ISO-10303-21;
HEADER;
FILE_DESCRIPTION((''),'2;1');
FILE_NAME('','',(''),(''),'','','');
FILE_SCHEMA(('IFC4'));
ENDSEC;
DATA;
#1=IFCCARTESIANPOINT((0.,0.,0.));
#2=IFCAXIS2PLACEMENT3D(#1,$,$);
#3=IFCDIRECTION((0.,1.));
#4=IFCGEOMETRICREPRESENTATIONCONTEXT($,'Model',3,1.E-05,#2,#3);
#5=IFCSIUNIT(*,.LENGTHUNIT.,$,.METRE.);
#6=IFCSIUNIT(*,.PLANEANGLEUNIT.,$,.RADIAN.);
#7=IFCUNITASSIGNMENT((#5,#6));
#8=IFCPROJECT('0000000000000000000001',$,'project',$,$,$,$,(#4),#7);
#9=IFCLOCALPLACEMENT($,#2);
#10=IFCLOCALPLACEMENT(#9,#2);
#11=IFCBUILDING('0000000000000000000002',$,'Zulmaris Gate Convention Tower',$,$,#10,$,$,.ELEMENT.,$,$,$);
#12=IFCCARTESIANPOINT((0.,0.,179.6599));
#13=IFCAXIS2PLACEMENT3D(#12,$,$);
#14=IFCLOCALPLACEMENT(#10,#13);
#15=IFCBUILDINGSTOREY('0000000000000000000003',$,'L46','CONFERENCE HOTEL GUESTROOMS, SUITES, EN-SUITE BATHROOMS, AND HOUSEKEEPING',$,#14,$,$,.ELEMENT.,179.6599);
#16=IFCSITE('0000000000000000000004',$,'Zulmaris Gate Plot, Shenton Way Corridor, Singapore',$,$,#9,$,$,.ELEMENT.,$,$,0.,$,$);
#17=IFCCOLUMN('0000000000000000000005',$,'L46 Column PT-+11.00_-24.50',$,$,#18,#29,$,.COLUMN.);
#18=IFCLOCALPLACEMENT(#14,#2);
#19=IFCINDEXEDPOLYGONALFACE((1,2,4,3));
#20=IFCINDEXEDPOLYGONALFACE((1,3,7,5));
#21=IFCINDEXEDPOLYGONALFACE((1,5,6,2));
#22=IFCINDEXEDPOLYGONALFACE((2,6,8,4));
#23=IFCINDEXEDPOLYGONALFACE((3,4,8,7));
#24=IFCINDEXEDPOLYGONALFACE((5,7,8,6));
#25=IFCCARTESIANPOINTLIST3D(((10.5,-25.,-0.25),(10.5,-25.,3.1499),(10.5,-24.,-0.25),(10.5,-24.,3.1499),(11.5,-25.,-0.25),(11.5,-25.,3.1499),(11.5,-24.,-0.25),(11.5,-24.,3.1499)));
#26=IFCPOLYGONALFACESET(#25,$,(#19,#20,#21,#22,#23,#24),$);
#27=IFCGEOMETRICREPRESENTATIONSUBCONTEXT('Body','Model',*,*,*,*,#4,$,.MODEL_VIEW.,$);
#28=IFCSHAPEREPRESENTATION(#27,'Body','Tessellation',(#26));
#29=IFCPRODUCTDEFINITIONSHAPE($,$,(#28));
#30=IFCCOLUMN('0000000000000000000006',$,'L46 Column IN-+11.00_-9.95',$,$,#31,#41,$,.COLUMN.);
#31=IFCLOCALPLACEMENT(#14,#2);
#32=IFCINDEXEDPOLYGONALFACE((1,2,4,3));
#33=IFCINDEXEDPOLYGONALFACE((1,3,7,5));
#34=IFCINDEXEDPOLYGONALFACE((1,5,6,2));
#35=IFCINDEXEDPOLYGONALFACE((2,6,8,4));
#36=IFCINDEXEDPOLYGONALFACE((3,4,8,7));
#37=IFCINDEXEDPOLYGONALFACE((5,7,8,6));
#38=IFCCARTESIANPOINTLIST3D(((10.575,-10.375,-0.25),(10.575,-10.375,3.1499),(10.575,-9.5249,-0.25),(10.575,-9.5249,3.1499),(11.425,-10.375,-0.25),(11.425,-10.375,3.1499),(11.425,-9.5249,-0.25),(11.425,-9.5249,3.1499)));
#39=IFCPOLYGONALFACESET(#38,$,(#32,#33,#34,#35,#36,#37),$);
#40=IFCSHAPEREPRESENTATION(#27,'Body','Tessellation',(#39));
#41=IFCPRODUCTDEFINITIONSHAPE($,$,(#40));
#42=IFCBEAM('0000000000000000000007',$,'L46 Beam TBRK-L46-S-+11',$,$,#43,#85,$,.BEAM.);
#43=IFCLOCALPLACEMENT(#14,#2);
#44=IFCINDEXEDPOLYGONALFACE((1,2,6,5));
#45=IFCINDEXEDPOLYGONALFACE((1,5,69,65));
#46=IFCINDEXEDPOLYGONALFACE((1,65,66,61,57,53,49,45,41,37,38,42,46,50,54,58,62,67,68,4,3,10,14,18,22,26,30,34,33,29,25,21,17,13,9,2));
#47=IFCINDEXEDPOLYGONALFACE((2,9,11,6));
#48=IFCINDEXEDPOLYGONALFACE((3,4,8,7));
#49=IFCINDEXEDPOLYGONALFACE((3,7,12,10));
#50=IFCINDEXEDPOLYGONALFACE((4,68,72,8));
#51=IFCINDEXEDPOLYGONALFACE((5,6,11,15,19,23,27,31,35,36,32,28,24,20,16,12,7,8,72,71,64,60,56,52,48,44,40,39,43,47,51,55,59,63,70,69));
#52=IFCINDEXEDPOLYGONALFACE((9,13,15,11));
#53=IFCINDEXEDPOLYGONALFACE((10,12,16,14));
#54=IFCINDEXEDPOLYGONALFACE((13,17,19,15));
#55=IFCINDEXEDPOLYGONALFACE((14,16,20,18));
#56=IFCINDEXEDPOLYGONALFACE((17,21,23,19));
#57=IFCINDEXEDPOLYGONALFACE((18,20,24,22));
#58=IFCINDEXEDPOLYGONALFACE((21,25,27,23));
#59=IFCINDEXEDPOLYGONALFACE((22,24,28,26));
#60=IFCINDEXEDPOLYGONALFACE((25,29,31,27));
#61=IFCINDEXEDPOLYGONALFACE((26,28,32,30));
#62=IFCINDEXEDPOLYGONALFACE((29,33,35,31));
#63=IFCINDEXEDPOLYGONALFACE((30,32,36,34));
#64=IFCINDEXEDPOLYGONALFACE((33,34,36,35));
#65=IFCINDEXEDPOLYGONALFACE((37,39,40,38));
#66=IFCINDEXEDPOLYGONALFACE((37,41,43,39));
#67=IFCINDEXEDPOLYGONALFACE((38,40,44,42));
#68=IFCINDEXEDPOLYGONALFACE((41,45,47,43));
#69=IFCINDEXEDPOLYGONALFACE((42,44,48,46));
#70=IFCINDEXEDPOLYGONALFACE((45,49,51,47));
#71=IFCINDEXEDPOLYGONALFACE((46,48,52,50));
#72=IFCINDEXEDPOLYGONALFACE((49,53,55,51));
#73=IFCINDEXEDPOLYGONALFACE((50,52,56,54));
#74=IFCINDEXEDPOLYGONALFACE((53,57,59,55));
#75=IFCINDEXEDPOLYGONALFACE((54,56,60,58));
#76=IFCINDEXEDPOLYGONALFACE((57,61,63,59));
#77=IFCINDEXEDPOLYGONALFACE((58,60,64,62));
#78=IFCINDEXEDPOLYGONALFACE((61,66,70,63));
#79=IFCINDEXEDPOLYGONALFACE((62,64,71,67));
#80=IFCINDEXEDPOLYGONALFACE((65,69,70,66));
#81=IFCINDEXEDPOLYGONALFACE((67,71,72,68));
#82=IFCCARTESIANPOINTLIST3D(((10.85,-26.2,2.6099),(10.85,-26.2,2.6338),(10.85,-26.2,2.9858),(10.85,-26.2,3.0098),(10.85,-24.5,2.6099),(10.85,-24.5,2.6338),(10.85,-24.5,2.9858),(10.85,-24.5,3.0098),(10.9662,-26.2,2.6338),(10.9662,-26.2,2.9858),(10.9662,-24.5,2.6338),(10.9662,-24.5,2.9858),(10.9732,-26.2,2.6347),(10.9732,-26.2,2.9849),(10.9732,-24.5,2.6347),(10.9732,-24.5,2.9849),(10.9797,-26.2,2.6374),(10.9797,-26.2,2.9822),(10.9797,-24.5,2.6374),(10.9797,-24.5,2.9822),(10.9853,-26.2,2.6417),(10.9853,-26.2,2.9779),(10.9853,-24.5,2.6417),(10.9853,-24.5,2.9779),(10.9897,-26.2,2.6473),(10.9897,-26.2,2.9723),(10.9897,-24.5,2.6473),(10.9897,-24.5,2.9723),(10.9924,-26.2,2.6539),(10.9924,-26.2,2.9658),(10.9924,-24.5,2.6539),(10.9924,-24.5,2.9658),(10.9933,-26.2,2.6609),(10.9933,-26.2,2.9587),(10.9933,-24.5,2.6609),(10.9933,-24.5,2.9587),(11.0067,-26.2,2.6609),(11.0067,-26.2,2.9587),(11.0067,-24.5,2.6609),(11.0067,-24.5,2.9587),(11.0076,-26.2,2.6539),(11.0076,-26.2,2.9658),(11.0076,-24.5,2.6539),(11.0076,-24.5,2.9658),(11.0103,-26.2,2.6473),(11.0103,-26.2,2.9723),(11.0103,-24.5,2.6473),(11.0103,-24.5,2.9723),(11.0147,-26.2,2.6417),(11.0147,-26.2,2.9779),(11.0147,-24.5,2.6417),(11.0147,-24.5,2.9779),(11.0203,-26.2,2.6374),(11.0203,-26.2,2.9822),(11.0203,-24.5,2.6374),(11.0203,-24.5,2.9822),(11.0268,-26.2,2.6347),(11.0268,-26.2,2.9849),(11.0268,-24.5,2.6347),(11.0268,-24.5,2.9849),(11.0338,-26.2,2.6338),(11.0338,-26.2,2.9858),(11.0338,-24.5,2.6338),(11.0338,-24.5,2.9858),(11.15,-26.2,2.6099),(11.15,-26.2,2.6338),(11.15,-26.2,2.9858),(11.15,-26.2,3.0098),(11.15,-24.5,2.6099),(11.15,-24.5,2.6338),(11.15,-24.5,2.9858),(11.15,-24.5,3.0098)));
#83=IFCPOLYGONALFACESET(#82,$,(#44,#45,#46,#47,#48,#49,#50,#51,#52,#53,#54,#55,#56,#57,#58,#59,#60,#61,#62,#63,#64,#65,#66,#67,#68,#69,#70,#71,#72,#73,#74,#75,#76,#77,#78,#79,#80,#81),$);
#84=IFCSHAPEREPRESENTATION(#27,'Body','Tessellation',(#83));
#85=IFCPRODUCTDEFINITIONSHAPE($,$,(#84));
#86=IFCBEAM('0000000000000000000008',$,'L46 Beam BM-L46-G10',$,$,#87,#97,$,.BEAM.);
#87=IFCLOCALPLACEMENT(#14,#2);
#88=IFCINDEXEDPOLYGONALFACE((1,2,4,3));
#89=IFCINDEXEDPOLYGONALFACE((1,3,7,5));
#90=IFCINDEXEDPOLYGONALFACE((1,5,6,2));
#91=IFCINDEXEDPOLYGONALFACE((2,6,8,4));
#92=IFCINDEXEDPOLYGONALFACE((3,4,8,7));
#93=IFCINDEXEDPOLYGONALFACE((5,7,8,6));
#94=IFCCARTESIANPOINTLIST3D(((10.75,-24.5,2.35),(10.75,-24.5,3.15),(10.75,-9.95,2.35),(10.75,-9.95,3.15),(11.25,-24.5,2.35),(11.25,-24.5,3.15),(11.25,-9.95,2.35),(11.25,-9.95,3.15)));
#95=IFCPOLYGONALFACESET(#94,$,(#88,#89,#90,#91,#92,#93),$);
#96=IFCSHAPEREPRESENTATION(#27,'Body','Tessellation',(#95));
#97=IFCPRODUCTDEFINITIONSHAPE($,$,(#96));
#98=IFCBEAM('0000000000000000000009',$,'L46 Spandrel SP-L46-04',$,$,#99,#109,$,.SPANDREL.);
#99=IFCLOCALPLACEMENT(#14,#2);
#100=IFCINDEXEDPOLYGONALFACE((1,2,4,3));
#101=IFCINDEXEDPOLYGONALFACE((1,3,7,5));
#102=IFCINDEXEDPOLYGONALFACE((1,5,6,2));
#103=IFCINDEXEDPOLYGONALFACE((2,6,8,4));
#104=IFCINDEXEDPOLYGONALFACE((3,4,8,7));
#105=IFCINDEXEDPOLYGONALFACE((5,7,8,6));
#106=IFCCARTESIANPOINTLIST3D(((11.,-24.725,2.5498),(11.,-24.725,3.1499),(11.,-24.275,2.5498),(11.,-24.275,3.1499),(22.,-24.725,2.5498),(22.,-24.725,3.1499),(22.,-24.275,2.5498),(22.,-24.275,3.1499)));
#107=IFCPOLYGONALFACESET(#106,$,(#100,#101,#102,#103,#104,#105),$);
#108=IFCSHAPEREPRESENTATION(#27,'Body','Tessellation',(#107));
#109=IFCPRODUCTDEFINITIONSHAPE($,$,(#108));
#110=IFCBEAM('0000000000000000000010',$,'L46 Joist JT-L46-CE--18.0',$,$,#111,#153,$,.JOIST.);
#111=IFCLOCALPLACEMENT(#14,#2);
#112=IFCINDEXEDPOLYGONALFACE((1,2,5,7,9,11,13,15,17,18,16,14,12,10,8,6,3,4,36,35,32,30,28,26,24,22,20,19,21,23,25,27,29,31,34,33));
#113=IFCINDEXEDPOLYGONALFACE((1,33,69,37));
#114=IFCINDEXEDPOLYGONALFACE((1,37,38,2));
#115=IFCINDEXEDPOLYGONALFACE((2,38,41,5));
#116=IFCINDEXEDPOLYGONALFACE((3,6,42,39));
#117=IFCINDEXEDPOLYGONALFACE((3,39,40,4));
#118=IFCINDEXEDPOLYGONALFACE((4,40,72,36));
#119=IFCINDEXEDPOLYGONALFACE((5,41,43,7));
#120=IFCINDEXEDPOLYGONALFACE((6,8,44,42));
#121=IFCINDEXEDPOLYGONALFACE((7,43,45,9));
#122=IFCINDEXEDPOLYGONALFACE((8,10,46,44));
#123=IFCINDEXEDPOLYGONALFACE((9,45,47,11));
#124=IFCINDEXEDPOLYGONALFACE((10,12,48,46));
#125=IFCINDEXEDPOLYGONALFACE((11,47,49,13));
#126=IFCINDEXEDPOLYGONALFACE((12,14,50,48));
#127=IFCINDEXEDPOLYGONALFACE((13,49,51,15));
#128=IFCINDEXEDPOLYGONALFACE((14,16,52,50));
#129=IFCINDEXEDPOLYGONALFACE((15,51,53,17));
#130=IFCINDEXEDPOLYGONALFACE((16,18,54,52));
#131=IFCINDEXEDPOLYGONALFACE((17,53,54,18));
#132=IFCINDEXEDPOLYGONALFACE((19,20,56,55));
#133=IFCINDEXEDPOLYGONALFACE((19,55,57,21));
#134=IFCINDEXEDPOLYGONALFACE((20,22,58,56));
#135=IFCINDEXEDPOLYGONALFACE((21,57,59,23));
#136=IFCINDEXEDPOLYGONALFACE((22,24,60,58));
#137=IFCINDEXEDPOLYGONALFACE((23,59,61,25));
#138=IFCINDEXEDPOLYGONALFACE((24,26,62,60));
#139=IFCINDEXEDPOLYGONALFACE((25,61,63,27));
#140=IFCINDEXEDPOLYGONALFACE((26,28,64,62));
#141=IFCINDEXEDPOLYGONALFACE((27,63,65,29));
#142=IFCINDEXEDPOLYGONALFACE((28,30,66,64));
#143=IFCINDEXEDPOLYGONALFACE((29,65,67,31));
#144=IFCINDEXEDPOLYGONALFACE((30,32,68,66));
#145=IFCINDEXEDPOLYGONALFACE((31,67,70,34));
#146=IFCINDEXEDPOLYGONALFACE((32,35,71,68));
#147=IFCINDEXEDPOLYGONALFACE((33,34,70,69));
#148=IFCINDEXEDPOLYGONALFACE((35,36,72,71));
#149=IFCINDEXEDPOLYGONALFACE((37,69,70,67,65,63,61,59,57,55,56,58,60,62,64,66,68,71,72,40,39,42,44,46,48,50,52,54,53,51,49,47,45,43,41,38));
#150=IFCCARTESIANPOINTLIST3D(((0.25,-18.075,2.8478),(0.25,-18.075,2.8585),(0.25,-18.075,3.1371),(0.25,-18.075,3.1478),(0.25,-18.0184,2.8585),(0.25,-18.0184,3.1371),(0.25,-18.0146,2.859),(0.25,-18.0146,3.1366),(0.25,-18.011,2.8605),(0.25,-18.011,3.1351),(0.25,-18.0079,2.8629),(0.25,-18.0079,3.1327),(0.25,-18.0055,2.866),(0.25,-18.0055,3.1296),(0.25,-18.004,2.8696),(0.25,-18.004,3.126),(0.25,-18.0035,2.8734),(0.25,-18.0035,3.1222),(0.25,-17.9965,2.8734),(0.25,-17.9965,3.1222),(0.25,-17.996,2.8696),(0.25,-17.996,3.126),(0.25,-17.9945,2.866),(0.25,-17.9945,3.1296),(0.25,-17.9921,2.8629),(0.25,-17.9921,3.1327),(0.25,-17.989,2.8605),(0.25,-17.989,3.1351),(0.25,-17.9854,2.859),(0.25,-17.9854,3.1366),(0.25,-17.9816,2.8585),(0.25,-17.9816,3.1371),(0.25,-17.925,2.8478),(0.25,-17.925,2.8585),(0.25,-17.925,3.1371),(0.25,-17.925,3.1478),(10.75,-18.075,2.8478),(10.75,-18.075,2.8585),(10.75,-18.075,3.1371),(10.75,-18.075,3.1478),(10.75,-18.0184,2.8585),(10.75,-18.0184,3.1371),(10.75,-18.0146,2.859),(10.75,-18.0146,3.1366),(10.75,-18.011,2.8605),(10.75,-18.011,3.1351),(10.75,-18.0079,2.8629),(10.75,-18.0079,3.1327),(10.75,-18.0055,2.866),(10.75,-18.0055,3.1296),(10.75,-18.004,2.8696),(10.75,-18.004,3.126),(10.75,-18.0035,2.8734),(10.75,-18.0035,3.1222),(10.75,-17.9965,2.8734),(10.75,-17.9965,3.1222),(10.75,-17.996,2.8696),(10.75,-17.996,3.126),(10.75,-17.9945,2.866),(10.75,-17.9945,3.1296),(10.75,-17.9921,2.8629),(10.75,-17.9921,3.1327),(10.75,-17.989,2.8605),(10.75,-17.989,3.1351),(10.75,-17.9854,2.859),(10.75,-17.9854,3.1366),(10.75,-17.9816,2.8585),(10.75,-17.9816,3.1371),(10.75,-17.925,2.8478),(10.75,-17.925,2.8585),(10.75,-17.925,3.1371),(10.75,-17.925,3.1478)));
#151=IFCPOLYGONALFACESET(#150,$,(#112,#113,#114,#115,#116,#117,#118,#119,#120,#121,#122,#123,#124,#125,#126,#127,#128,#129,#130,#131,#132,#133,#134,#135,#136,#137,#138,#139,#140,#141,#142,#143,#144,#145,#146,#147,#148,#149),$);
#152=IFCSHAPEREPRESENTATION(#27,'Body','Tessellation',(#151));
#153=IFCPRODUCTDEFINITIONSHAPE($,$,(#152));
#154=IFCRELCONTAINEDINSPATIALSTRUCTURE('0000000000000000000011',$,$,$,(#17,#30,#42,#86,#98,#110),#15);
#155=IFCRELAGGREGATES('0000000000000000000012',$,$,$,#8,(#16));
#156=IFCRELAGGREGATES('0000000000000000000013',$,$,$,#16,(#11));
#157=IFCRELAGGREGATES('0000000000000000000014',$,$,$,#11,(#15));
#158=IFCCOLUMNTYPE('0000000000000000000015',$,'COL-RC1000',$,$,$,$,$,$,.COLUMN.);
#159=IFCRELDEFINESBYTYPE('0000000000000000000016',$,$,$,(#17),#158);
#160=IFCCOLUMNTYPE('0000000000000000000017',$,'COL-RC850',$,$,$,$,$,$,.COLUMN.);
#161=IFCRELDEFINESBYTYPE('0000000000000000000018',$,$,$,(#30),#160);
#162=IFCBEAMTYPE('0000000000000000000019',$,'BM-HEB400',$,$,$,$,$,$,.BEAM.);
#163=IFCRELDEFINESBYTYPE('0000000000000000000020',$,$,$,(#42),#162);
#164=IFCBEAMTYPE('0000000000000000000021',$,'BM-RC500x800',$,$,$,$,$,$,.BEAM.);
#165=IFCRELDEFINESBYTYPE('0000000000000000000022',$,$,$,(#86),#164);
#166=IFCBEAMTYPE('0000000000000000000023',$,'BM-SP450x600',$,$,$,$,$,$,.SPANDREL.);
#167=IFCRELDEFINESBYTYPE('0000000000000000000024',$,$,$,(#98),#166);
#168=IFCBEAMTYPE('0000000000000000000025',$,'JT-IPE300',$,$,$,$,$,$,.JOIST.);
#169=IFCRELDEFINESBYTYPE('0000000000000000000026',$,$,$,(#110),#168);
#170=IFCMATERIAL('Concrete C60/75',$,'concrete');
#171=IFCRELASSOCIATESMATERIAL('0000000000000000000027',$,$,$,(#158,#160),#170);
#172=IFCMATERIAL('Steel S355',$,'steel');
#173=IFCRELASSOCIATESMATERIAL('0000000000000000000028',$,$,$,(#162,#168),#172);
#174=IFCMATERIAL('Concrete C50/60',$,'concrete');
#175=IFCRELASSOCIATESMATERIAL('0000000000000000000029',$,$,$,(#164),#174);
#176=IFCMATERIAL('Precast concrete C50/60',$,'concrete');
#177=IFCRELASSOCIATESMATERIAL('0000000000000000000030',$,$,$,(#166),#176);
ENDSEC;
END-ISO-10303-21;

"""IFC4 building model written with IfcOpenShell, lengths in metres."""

from ifc_helpers import new_model, si_unit, direction, frame, origin, origin_2d, place, context, subcontext, project, spatial, rectangle, i_section, extrude, material, material_profile, profile_set, type_object, element, save


model = new_model("IFC4")

# Units and contexts
model_context = context("Model", 3, precision=1e-05, world=origin(), true_north=direction((0.0, 1.0)))
body_context = subcontext(model_context, "Body", "Model", "MODEL_VIEW")
ifc_project = project(units=[si_unit("LENGTHUNIT", "METRE"), si_unit("PLANEANGLEUNIT", "RADIAN")], contexts=[model_context])

# Site, building, storey
site_placement = place(None, origin())
site = spatial("IfcSite", under=ifc_project, at=site_placement, Name="Zulmaris Gate Plot, Shenton Way Corridor, Singapore", CompositionType="ELEMENT", RefElevation=0.0)
building_placement = place(site_placement, origin())
building = spatial("IfcBuilding", under=site, at=building_placement, Name="Zulmaris Gate Convention Tower", CompositionType="ELEMENT")
storey_placement = place(building_placement, frame((0.0, 0.0, 179.6599)))
storey = spatial("IfcBuildingStorey", under=building, at=storey_placement, Name="L46", Description="CONFERENCE HOTEL GUESTROOMS, SUITES, EN-SUITE BATHROOMS, AND HOUSEKEEPING", CompositionType="ELEMENT", Elevation=179.6599)

# Columns
ifc_material_1 = material(Name="Concrete C60/75", Category="concrete")
ifc_material_profile_1 = material_profile(ifc_material_1, rectangle(XDim=1.0, YDim=1.0, at=origin_2d()), Name="RC COL 1000x1000")
ifc_profile_set_1 = profile_set([ifc_material_profile_1], Name="Concrete C60/75")
column_type_1 = type_object("IfcColumnType", Name="COL-RC1000", PredefinedType="COLUMN", material=ifc_profile_set_1)
column_1_placement = place(storey_placement, frame((11.0, -24.5, -0.25), z_axis=(0.0, 0.0, 1.0), x_axis=(1.0, 0.0, 0.0)))
element("IfcColumn", 1, at=column_1_placement, inside=storey, type_object=column_type_1, Name="L46 Column PT-+11.00_-24.50", PredefinedType="COLUMN", context=body_context, shape_type="SweptSolid", body=[
    extrude(rectangle(XDim=1.0, YDim=1.0, at=origin_2d()), origin(), (0.0, 0.0, 1.0), 3.3999),
])
ifc_material_profile_2 = material_profile(ifc_material_1, rectangle(XDim=0.8501, YDim=0.8501, at=origin_2d()), Name="RC COL 850x850")
ifc_profile_set_2 = profile_set([ifc_material_profile_2], Name="Concrete C60/75")
column_type_2 = type_object("IfcColumnType", Name="COL-RC850", PredefinedType="COLUMN", material=ifc_profile_set_2)
column_2_placement = place(storey_placement, frame((11.0, -9.95, -0.25), z_axis=(0.0, 0.0, 1.0), x_axis=(1.0, 0.0, 0.0)))
element("IfcColumn", 2, at=column_2_placement, inside=storey, type_object=column_type_2, Name="L46 Column IN-+11.00_-9.95", PredefinedType="COLUMN", context=body_context, shape_type="SweptSolid", body=[
    extrude(rectangle(XDim=0.8501, YDim=0.8501, at=origin_2d()), origin(), (0.0, 0.0, 1.0), 3.3999),
])

# Beams
ifc_material_2 = material(Name="Steel S355", Category="steel")
ifc_material_profile_3 = material_profile(ifc_material_2, i_section(OverallWidth=0.3, OverallDepth=0.3999, WebThickness=0.0134, FlangeThickness=0.0239, FilletRadius=0.0271, at=origin_2d()), Name="HEB 400")
ifc_profile_set_3 = profile_set([ifc_material_profile_3], Name="Steel S355")
beam_type_1 = type_object("IfcBeamType", Name="BM-HEB400", PredefinedType="BEAM", material=ifc_profile_set_3)
beam_1_placement = place(storey_placement, frame((11.0, -26.2, 2.8098), z_axis=(0.0, 1.0, 0.0), x_axis=(-1.0, 0.0, 0.0)))
element("IfcBeam", 3, at=beam_1_placement, inside=storey, type_object=beam_type_1, Name="L46 Beam TBRK-L46-S-+11", PredefinedType="BEAM", context=body_context, shape_type="SweptSolid", body=[
    extrude(i_section(OverallWidth=0.3, OverallDepth=0.3999, WebThickness=0.0134, FlangeThickness=0.0239, FilletRadius=0.0271, at=origin_2d()), origin(), (0.0, 0.0, 1.0), 1.7),
])
ifc_material_3 = material(Name="Concrete C50/60", Category="concrete")
ifc_material_profile_4 = material_profile(ifc_material_3, rectangle(XDim=0.5, YDim=0.8, at=origin_2d()), Name="RC BEAM 500x800")
ifc_profile_set_4 = profile_set([ifc_material_profile_4], Name="Concrete C50/60")
beam_type_2 = type_object("IfcBeamType", Name="BM-RC500x800", PredefinedType="BEAM", material=ifc_profile_set_4)
beam_2_placement = place(storey_placement, frame((11.0, -24.5, 2.75), z_axis=(0.0, 1.0, 0.0), x_axis=(-1.0, 0.0, 0.0)))
element("IfcBeam", 4, at=beam_2_placement, inside=storey, type_object=beam_type_2, Name="L46 Beam BM-L46-G10", PredefinedType="BEAM", context=body_context, shape_type="SweptSolid", body=[
    extrude(rectangle(XDim=0.5, YDim=0.8, at=origin_2d()), origin(), (0.0, 0.0, 1.0), 14.55),
])
ifc_material_4 = material(Name="Precast concrete C50/60", Category="concrete")
ifc_material_profile_5 = material_profile(ifc_material_4, rectangle(XDim=0.45, YDim=0.6001, at=origin_2d()), Name="RC SPANDREL 450x600")
ifc_profile_set_5 = profile_set([ifc_material_profile_5], Name="Precast concrete C50/60")
beam_type_3 = type_object("IfcBeamType", Name="BM-SP450x600", PredefinedType="SPANDREL", material=ifc_profile_set_5)
beam_3_placement = place(storey_placement, frame((11.0, -24.5, 2.8499), z_axis=(1.0, 0.0, 0.0), x_axis=(0.0, 1.0, 0.0)))
element("IfcBeam", 5, at=beam_3_placement, inside=storey, type_object=beam_type_3, Name="L46 Spandrel SP-L46-04", PredefinedType="SPANDREL", context=body_context, shape_type="SweptSolid", body=[
    extrude(rectangle(XDim=0.45, YDim=0.6001, at=origin_2d()), origin(), (0.0, 0.0, 1.0), 11.0),
])
ifc_material_profile_6 = material_profile(ifc_material_2, i_section(OverallWidth=0.1499, OverallDepth=0.3, WebThickness=0.0071, FlangeThickness=0.0107, FilletRadius=0.0149, at=origin_2d()), Name="IPE 300")
ifc_profile_set_6 = profile_set([ifc_material_profile_6], Name="Steel S355")
beam_type_4 = type_object("IfcBeamType", Name="JT-IPE300", PredefinedType="JOIST", material=ifc_profile_set_6)
for number, where, z_axis, x_axis, name in (
    (6, (0.25, -18.0, 2.9978), (1.0, 0.0, 0.0), (0.0, 1.0, 0.0), "L46 Joist JT-L46-CE--18.0"),
):
    element("IfcBeam", number, at=place(storey_placement, frame(where, z_axis=z_axis, x_axis=x_axis)), inside=storey, type_object=beam_type_4, Name=name, PredefinedType="JOIST", context=body_context, shape_type="SweptSolid", body=[
        extrude(i_section(OverallWidth=0.1499, OverallDepth=0.3, WebThickness=0.0071, FlangeThickness=0.0107, FilletRadius=0.0149, at=origin_2d()), origin(), (0.0, 0.0, 1.0), 10.5),
    ])

save(model, "model.ifc")
